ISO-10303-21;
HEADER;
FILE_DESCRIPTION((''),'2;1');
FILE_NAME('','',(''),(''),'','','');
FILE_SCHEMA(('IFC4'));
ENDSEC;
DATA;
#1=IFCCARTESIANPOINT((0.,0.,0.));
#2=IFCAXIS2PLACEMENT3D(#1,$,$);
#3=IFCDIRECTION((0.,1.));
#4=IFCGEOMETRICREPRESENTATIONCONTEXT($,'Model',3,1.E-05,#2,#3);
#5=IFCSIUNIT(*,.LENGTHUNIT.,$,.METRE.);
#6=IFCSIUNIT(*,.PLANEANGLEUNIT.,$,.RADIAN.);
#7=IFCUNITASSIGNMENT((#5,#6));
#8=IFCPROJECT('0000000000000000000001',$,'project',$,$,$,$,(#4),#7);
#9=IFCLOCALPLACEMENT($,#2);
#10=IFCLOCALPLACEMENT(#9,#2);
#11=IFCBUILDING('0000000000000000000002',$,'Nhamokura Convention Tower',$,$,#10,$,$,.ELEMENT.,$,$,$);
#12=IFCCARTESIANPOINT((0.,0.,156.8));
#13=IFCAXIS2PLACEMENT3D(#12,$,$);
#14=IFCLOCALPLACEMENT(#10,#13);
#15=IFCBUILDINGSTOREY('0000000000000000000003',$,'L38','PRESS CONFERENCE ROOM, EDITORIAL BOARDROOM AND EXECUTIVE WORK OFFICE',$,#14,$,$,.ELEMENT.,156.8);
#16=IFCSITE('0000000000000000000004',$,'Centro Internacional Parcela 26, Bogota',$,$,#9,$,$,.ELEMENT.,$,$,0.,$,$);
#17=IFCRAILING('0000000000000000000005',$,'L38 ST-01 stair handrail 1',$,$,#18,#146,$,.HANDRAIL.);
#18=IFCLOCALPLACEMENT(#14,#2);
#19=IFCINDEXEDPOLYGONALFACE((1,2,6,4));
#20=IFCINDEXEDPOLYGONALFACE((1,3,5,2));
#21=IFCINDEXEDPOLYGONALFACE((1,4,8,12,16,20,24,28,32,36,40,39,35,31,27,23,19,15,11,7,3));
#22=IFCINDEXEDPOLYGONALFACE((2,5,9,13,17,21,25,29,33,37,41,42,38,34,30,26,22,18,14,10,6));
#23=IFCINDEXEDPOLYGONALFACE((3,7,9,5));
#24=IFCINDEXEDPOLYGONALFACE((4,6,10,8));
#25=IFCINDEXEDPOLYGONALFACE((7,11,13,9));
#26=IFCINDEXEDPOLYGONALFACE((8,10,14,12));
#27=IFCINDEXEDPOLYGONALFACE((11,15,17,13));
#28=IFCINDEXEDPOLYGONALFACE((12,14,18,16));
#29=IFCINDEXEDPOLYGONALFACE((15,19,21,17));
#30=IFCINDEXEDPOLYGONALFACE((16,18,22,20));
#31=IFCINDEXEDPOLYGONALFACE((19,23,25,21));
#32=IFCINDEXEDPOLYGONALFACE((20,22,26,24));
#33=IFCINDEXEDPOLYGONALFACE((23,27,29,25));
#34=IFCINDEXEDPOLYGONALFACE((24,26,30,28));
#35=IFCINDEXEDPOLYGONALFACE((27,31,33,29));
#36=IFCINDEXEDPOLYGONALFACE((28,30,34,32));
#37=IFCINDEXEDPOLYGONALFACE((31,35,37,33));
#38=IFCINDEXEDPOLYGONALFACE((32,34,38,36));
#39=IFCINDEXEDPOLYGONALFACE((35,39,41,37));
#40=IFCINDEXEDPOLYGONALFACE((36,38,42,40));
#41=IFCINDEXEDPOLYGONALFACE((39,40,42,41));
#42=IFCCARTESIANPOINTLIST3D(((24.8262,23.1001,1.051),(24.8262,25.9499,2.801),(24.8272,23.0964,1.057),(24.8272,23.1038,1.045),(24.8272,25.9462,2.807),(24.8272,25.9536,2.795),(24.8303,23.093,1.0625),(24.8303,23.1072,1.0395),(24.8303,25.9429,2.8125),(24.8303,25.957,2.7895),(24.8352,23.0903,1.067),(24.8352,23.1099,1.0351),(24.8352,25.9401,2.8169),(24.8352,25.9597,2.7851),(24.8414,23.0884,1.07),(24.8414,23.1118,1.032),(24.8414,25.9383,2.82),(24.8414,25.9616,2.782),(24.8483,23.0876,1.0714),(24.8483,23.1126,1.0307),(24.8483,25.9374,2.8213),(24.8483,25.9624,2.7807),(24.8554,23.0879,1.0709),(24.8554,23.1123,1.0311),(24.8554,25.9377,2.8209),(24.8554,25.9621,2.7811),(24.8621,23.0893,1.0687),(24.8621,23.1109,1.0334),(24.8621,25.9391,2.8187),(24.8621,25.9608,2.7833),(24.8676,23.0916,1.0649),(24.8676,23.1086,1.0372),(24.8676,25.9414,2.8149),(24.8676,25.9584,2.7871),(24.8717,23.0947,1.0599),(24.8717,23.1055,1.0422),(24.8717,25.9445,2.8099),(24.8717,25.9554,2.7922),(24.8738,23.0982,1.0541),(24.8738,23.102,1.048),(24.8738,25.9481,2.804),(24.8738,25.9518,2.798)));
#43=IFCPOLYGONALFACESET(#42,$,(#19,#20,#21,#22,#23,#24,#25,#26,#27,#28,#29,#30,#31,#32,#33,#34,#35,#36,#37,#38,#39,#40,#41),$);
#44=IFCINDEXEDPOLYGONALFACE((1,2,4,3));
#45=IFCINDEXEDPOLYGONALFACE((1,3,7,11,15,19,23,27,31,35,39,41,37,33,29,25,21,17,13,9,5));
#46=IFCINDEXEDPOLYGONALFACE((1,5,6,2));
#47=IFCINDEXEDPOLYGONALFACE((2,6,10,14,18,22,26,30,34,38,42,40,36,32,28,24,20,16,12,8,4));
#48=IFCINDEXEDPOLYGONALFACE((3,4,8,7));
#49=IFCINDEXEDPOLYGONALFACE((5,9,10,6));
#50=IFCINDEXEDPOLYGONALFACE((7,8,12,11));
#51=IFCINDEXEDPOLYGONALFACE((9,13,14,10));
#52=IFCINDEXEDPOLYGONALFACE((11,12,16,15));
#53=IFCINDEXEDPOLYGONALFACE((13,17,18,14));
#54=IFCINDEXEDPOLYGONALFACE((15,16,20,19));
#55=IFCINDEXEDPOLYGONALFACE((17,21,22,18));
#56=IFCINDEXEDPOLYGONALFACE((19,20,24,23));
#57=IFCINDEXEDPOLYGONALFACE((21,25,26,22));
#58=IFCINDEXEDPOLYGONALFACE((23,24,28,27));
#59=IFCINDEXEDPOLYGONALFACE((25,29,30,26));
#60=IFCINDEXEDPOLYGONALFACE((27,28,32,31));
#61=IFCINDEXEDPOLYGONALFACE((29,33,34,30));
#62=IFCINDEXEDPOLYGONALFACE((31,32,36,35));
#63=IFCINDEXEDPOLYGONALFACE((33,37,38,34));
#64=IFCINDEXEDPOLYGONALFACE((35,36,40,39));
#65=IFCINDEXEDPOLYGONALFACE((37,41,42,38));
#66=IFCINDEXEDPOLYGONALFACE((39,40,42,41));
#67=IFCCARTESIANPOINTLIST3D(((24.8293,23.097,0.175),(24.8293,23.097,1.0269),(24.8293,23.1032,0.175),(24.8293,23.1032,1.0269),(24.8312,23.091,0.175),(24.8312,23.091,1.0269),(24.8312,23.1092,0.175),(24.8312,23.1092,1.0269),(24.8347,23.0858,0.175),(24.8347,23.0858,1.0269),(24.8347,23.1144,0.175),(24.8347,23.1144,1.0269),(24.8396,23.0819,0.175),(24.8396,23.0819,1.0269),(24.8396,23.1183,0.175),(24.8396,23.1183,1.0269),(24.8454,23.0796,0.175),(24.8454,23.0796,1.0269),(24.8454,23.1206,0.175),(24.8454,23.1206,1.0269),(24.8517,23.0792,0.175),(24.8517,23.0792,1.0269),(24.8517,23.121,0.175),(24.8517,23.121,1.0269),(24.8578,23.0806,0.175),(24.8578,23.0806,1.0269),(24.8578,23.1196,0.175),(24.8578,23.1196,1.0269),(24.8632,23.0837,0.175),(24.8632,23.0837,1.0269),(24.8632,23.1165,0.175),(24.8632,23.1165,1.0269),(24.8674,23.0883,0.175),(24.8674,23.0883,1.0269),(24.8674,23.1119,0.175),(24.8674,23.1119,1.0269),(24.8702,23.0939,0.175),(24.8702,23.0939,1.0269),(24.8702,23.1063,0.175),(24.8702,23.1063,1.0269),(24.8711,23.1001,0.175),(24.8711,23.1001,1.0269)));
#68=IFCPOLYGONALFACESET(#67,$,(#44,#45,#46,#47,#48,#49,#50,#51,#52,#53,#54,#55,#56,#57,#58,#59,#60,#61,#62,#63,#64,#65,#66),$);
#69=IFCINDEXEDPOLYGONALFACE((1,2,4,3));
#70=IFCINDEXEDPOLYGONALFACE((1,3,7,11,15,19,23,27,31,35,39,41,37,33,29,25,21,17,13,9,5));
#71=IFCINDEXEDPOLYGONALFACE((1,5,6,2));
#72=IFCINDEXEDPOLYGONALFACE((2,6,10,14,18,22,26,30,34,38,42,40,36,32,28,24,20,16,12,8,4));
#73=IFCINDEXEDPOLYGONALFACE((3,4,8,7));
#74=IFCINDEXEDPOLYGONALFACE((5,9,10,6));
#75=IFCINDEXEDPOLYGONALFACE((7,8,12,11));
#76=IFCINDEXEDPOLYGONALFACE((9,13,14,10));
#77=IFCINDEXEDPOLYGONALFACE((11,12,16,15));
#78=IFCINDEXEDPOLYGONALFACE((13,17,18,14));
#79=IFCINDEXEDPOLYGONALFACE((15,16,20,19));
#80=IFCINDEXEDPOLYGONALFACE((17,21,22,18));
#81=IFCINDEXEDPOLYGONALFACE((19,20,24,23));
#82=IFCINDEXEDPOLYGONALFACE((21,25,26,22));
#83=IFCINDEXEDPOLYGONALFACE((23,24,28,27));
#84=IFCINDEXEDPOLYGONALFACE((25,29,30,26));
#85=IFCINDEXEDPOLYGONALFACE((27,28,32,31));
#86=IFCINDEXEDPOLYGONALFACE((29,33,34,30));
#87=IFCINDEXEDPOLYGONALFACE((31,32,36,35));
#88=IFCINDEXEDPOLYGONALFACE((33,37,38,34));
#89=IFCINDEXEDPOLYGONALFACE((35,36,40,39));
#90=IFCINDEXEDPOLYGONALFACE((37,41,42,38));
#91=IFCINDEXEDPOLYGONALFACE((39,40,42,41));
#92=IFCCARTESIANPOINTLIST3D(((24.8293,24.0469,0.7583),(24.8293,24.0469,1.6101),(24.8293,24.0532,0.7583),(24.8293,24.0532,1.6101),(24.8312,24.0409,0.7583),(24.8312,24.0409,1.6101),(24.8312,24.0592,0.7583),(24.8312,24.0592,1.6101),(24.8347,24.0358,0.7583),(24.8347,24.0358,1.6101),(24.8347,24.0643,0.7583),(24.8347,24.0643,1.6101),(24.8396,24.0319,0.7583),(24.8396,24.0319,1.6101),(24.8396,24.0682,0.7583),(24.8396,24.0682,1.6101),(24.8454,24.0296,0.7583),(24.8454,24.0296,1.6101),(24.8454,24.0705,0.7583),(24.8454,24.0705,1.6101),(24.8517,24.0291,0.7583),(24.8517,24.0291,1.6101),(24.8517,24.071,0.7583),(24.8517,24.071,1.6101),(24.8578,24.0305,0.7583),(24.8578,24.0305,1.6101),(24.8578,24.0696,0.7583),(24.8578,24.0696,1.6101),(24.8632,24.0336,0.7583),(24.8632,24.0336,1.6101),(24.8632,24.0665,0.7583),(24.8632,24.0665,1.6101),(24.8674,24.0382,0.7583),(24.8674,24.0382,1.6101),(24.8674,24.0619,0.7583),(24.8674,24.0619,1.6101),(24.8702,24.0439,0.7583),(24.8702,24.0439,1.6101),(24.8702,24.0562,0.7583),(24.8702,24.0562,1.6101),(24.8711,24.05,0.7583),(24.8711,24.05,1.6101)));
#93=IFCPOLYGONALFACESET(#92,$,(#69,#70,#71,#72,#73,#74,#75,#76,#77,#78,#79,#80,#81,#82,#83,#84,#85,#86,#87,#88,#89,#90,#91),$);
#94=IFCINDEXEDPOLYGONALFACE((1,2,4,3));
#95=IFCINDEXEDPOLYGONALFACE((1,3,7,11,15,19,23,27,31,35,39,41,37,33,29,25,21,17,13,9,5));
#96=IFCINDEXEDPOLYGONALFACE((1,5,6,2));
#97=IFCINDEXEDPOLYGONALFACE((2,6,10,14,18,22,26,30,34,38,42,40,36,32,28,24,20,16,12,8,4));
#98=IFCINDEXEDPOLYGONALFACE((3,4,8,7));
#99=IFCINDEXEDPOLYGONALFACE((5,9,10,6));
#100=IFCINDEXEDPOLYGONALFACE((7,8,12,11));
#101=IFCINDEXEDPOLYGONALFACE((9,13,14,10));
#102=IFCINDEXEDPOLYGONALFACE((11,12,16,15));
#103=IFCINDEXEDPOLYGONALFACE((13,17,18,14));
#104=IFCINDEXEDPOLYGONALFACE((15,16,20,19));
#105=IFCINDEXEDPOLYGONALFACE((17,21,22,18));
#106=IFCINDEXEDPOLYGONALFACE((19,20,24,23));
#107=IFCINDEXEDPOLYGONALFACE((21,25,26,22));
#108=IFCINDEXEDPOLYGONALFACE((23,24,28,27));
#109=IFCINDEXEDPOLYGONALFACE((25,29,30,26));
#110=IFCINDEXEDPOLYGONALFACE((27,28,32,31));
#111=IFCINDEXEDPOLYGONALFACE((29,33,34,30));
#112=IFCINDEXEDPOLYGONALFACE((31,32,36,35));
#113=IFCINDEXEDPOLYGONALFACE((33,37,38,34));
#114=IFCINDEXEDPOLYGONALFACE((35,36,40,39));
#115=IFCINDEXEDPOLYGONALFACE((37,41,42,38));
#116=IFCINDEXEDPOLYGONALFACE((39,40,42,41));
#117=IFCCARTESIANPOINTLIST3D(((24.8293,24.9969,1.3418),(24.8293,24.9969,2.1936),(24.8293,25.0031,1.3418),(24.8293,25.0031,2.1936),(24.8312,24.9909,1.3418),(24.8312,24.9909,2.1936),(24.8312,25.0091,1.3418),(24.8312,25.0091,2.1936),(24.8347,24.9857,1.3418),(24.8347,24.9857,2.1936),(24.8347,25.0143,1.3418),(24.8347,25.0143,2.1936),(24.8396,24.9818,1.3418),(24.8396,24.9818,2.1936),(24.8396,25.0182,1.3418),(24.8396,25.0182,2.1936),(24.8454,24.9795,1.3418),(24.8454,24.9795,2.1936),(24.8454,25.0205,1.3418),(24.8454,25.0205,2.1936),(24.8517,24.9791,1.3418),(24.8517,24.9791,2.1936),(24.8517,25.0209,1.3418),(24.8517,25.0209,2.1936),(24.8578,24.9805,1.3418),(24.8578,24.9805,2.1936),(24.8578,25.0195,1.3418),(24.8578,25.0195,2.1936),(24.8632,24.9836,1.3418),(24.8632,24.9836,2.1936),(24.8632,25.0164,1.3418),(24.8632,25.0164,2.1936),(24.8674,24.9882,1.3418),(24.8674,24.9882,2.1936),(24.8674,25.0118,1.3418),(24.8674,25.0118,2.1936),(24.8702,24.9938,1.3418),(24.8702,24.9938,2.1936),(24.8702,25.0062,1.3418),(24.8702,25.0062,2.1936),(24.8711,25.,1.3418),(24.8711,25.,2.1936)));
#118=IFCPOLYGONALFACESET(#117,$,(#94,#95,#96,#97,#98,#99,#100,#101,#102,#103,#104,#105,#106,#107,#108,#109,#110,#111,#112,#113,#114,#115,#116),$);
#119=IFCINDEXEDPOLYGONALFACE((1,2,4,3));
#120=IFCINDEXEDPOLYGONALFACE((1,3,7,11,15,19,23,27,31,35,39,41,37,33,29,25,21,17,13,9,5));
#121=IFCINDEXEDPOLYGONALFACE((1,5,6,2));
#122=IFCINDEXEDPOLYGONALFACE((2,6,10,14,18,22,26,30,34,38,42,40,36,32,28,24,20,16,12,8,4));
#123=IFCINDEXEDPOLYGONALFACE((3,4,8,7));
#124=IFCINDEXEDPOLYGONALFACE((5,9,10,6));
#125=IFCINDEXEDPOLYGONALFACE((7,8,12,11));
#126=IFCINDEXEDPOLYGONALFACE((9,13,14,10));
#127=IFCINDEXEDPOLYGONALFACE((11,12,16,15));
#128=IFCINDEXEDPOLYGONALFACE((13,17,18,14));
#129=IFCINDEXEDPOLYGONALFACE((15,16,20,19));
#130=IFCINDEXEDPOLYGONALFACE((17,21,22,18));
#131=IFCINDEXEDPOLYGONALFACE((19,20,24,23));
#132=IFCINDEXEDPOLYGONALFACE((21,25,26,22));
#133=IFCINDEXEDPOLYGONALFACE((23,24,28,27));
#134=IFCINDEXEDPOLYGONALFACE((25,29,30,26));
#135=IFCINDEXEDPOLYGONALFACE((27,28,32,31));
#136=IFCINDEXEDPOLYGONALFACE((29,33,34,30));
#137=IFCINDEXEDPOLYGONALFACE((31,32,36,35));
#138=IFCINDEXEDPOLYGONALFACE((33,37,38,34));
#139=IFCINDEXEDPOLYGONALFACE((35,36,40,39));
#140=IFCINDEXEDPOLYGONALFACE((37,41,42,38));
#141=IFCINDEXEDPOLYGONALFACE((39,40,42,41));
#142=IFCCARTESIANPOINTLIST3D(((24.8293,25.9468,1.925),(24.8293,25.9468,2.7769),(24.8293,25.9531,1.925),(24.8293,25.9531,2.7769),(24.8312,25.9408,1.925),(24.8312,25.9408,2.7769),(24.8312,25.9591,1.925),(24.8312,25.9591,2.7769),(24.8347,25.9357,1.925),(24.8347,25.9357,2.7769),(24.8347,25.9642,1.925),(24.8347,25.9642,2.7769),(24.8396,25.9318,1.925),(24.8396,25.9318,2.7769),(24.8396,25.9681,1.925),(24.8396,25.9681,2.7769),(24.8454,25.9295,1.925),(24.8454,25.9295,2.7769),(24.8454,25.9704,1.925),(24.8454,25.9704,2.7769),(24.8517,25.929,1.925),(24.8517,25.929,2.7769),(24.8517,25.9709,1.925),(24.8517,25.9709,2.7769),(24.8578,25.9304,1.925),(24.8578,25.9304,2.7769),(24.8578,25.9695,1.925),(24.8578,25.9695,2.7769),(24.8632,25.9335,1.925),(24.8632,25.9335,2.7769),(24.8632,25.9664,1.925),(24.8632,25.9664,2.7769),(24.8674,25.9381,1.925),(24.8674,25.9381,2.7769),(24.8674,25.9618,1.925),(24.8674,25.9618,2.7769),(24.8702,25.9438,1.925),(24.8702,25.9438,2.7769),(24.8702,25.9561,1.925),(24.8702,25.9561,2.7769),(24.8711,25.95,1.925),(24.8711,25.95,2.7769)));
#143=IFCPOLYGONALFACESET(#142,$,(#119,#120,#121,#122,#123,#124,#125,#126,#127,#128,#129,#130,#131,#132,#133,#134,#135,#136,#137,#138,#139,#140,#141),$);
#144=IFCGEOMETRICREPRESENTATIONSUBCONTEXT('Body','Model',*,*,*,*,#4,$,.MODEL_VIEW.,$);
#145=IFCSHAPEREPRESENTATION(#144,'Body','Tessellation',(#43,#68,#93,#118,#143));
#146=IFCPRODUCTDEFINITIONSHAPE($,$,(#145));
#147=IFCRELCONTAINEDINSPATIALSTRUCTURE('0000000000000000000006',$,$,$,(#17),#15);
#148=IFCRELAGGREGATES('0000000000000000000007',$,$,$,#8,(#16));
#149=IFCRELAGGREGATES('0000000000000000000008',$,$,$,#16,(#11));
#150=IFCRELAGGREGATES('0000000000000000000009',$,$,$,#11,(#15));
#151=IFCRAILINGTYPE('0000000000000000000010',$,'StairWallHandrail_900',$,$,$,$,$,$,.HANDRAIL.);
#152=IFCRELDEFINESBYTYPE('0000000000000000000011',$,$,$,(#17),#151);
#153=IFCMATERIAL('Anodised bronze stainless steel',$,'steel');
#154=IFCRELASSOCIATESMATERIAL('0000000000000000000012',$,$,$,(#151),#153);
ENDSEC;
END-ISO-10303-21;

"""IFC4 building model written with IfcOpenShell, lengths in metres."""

from ifc_helpers import new_model, si_unit, direction, frame, origin, origin_2d, place, context, subcontext, project, spatial, circle, extrude, material, type_object, element, save


model = new_model("IFC4")

# Units and contexts
model_context = context("Model", 3, precision=1e-05, world=origin(), true_north=direction((0.0, 1.0)))
body_context = subcontext(model_context, "Body", "Model", "MODEL_VIEW")
ifc_project = project(units=[si_unit("LENGTHUNIT", "METRE"), si_unit("PLANEANGLEUNIT", "RADIAN")], contexts=[model_context])

# Site, building, storey
site_placement = place(None, origin())
site = spatial("IfcSite", under=ifc_project, at=site_placement, Name="Centro Internacional Parcela 26, Bogota", CompositionType="ELEMENT", RefElevation=0.0)
building_placement = place(site_placement, origin())
building = spatial("IfcBuilding", under=site, at=building_placement, Name="Nhamokura Convention Tower", CompositionType="ELEMENT")
storey_placement = place(building_placement, frame((0.0, 0.0, 156.8)))
storey = spatial("IfcBuildingStorey", under=building, at=storey_placement, Name="L38", Description="PRESS CONFERENCE ROOM, EDITORIAL BOARDROOM AND EXECUTIVE WORK OFFICE", CompositionType="ELEMENT", Elevation=156.8)

# Railing
ifc_material_1 = material(Name="Anodised bronze stainless steel", Category="steel")
railing_type_1 = type_object("IfcRailingType", Name="StairWallHandrail_900", PredefinedType="HANDRAIL", material=ifc_material_1)
railing_1_placement = place(storey_placement, frame((24.8501, 23.1001, 0.175)))
element("IfcRailing", 1, at=railing_1_placement, inside=storey, type_object=railing_type_1, Name="L38 ST-01 stair handrail 1", PredefinedType="HANDRAIL", context=body_context, shape_type="SweptSolid", body=[
    extrude(circle(Radius=0.0239, at=origin_2d()), frame((0.0, 0.0, 0.876), z_axis=(0.0, 0.852159, 0.523283), x_axis=(-1.0, 0.0, 0.0)), (0.0, 0.0, 1.0), 3.3442),
    extrude(circle(Radius=0.021, at=origin_2d()), origin(), (0.0, 0.0, 1.0), 0.8518),
    extrude(circle(Radius=0.021, at=origin_2d()), frame((0.0, 0.95, 0.5833)), (0.0, 0.0, 1.0), 0.8518),
    extrude(circle(Radius=0.021, at=origin_2d()), frame((0.0, 1.8999, 1.1667)), (0.0, 0.0, 1.0), 0.8518),
    extrude(circle(Radius=0.021, at=origin_2d()), frame((0.0, 2.8499, 1.75)), (0.0, 0.0, 1.0), 0.8518),
])

save(model, "model.ifc")
